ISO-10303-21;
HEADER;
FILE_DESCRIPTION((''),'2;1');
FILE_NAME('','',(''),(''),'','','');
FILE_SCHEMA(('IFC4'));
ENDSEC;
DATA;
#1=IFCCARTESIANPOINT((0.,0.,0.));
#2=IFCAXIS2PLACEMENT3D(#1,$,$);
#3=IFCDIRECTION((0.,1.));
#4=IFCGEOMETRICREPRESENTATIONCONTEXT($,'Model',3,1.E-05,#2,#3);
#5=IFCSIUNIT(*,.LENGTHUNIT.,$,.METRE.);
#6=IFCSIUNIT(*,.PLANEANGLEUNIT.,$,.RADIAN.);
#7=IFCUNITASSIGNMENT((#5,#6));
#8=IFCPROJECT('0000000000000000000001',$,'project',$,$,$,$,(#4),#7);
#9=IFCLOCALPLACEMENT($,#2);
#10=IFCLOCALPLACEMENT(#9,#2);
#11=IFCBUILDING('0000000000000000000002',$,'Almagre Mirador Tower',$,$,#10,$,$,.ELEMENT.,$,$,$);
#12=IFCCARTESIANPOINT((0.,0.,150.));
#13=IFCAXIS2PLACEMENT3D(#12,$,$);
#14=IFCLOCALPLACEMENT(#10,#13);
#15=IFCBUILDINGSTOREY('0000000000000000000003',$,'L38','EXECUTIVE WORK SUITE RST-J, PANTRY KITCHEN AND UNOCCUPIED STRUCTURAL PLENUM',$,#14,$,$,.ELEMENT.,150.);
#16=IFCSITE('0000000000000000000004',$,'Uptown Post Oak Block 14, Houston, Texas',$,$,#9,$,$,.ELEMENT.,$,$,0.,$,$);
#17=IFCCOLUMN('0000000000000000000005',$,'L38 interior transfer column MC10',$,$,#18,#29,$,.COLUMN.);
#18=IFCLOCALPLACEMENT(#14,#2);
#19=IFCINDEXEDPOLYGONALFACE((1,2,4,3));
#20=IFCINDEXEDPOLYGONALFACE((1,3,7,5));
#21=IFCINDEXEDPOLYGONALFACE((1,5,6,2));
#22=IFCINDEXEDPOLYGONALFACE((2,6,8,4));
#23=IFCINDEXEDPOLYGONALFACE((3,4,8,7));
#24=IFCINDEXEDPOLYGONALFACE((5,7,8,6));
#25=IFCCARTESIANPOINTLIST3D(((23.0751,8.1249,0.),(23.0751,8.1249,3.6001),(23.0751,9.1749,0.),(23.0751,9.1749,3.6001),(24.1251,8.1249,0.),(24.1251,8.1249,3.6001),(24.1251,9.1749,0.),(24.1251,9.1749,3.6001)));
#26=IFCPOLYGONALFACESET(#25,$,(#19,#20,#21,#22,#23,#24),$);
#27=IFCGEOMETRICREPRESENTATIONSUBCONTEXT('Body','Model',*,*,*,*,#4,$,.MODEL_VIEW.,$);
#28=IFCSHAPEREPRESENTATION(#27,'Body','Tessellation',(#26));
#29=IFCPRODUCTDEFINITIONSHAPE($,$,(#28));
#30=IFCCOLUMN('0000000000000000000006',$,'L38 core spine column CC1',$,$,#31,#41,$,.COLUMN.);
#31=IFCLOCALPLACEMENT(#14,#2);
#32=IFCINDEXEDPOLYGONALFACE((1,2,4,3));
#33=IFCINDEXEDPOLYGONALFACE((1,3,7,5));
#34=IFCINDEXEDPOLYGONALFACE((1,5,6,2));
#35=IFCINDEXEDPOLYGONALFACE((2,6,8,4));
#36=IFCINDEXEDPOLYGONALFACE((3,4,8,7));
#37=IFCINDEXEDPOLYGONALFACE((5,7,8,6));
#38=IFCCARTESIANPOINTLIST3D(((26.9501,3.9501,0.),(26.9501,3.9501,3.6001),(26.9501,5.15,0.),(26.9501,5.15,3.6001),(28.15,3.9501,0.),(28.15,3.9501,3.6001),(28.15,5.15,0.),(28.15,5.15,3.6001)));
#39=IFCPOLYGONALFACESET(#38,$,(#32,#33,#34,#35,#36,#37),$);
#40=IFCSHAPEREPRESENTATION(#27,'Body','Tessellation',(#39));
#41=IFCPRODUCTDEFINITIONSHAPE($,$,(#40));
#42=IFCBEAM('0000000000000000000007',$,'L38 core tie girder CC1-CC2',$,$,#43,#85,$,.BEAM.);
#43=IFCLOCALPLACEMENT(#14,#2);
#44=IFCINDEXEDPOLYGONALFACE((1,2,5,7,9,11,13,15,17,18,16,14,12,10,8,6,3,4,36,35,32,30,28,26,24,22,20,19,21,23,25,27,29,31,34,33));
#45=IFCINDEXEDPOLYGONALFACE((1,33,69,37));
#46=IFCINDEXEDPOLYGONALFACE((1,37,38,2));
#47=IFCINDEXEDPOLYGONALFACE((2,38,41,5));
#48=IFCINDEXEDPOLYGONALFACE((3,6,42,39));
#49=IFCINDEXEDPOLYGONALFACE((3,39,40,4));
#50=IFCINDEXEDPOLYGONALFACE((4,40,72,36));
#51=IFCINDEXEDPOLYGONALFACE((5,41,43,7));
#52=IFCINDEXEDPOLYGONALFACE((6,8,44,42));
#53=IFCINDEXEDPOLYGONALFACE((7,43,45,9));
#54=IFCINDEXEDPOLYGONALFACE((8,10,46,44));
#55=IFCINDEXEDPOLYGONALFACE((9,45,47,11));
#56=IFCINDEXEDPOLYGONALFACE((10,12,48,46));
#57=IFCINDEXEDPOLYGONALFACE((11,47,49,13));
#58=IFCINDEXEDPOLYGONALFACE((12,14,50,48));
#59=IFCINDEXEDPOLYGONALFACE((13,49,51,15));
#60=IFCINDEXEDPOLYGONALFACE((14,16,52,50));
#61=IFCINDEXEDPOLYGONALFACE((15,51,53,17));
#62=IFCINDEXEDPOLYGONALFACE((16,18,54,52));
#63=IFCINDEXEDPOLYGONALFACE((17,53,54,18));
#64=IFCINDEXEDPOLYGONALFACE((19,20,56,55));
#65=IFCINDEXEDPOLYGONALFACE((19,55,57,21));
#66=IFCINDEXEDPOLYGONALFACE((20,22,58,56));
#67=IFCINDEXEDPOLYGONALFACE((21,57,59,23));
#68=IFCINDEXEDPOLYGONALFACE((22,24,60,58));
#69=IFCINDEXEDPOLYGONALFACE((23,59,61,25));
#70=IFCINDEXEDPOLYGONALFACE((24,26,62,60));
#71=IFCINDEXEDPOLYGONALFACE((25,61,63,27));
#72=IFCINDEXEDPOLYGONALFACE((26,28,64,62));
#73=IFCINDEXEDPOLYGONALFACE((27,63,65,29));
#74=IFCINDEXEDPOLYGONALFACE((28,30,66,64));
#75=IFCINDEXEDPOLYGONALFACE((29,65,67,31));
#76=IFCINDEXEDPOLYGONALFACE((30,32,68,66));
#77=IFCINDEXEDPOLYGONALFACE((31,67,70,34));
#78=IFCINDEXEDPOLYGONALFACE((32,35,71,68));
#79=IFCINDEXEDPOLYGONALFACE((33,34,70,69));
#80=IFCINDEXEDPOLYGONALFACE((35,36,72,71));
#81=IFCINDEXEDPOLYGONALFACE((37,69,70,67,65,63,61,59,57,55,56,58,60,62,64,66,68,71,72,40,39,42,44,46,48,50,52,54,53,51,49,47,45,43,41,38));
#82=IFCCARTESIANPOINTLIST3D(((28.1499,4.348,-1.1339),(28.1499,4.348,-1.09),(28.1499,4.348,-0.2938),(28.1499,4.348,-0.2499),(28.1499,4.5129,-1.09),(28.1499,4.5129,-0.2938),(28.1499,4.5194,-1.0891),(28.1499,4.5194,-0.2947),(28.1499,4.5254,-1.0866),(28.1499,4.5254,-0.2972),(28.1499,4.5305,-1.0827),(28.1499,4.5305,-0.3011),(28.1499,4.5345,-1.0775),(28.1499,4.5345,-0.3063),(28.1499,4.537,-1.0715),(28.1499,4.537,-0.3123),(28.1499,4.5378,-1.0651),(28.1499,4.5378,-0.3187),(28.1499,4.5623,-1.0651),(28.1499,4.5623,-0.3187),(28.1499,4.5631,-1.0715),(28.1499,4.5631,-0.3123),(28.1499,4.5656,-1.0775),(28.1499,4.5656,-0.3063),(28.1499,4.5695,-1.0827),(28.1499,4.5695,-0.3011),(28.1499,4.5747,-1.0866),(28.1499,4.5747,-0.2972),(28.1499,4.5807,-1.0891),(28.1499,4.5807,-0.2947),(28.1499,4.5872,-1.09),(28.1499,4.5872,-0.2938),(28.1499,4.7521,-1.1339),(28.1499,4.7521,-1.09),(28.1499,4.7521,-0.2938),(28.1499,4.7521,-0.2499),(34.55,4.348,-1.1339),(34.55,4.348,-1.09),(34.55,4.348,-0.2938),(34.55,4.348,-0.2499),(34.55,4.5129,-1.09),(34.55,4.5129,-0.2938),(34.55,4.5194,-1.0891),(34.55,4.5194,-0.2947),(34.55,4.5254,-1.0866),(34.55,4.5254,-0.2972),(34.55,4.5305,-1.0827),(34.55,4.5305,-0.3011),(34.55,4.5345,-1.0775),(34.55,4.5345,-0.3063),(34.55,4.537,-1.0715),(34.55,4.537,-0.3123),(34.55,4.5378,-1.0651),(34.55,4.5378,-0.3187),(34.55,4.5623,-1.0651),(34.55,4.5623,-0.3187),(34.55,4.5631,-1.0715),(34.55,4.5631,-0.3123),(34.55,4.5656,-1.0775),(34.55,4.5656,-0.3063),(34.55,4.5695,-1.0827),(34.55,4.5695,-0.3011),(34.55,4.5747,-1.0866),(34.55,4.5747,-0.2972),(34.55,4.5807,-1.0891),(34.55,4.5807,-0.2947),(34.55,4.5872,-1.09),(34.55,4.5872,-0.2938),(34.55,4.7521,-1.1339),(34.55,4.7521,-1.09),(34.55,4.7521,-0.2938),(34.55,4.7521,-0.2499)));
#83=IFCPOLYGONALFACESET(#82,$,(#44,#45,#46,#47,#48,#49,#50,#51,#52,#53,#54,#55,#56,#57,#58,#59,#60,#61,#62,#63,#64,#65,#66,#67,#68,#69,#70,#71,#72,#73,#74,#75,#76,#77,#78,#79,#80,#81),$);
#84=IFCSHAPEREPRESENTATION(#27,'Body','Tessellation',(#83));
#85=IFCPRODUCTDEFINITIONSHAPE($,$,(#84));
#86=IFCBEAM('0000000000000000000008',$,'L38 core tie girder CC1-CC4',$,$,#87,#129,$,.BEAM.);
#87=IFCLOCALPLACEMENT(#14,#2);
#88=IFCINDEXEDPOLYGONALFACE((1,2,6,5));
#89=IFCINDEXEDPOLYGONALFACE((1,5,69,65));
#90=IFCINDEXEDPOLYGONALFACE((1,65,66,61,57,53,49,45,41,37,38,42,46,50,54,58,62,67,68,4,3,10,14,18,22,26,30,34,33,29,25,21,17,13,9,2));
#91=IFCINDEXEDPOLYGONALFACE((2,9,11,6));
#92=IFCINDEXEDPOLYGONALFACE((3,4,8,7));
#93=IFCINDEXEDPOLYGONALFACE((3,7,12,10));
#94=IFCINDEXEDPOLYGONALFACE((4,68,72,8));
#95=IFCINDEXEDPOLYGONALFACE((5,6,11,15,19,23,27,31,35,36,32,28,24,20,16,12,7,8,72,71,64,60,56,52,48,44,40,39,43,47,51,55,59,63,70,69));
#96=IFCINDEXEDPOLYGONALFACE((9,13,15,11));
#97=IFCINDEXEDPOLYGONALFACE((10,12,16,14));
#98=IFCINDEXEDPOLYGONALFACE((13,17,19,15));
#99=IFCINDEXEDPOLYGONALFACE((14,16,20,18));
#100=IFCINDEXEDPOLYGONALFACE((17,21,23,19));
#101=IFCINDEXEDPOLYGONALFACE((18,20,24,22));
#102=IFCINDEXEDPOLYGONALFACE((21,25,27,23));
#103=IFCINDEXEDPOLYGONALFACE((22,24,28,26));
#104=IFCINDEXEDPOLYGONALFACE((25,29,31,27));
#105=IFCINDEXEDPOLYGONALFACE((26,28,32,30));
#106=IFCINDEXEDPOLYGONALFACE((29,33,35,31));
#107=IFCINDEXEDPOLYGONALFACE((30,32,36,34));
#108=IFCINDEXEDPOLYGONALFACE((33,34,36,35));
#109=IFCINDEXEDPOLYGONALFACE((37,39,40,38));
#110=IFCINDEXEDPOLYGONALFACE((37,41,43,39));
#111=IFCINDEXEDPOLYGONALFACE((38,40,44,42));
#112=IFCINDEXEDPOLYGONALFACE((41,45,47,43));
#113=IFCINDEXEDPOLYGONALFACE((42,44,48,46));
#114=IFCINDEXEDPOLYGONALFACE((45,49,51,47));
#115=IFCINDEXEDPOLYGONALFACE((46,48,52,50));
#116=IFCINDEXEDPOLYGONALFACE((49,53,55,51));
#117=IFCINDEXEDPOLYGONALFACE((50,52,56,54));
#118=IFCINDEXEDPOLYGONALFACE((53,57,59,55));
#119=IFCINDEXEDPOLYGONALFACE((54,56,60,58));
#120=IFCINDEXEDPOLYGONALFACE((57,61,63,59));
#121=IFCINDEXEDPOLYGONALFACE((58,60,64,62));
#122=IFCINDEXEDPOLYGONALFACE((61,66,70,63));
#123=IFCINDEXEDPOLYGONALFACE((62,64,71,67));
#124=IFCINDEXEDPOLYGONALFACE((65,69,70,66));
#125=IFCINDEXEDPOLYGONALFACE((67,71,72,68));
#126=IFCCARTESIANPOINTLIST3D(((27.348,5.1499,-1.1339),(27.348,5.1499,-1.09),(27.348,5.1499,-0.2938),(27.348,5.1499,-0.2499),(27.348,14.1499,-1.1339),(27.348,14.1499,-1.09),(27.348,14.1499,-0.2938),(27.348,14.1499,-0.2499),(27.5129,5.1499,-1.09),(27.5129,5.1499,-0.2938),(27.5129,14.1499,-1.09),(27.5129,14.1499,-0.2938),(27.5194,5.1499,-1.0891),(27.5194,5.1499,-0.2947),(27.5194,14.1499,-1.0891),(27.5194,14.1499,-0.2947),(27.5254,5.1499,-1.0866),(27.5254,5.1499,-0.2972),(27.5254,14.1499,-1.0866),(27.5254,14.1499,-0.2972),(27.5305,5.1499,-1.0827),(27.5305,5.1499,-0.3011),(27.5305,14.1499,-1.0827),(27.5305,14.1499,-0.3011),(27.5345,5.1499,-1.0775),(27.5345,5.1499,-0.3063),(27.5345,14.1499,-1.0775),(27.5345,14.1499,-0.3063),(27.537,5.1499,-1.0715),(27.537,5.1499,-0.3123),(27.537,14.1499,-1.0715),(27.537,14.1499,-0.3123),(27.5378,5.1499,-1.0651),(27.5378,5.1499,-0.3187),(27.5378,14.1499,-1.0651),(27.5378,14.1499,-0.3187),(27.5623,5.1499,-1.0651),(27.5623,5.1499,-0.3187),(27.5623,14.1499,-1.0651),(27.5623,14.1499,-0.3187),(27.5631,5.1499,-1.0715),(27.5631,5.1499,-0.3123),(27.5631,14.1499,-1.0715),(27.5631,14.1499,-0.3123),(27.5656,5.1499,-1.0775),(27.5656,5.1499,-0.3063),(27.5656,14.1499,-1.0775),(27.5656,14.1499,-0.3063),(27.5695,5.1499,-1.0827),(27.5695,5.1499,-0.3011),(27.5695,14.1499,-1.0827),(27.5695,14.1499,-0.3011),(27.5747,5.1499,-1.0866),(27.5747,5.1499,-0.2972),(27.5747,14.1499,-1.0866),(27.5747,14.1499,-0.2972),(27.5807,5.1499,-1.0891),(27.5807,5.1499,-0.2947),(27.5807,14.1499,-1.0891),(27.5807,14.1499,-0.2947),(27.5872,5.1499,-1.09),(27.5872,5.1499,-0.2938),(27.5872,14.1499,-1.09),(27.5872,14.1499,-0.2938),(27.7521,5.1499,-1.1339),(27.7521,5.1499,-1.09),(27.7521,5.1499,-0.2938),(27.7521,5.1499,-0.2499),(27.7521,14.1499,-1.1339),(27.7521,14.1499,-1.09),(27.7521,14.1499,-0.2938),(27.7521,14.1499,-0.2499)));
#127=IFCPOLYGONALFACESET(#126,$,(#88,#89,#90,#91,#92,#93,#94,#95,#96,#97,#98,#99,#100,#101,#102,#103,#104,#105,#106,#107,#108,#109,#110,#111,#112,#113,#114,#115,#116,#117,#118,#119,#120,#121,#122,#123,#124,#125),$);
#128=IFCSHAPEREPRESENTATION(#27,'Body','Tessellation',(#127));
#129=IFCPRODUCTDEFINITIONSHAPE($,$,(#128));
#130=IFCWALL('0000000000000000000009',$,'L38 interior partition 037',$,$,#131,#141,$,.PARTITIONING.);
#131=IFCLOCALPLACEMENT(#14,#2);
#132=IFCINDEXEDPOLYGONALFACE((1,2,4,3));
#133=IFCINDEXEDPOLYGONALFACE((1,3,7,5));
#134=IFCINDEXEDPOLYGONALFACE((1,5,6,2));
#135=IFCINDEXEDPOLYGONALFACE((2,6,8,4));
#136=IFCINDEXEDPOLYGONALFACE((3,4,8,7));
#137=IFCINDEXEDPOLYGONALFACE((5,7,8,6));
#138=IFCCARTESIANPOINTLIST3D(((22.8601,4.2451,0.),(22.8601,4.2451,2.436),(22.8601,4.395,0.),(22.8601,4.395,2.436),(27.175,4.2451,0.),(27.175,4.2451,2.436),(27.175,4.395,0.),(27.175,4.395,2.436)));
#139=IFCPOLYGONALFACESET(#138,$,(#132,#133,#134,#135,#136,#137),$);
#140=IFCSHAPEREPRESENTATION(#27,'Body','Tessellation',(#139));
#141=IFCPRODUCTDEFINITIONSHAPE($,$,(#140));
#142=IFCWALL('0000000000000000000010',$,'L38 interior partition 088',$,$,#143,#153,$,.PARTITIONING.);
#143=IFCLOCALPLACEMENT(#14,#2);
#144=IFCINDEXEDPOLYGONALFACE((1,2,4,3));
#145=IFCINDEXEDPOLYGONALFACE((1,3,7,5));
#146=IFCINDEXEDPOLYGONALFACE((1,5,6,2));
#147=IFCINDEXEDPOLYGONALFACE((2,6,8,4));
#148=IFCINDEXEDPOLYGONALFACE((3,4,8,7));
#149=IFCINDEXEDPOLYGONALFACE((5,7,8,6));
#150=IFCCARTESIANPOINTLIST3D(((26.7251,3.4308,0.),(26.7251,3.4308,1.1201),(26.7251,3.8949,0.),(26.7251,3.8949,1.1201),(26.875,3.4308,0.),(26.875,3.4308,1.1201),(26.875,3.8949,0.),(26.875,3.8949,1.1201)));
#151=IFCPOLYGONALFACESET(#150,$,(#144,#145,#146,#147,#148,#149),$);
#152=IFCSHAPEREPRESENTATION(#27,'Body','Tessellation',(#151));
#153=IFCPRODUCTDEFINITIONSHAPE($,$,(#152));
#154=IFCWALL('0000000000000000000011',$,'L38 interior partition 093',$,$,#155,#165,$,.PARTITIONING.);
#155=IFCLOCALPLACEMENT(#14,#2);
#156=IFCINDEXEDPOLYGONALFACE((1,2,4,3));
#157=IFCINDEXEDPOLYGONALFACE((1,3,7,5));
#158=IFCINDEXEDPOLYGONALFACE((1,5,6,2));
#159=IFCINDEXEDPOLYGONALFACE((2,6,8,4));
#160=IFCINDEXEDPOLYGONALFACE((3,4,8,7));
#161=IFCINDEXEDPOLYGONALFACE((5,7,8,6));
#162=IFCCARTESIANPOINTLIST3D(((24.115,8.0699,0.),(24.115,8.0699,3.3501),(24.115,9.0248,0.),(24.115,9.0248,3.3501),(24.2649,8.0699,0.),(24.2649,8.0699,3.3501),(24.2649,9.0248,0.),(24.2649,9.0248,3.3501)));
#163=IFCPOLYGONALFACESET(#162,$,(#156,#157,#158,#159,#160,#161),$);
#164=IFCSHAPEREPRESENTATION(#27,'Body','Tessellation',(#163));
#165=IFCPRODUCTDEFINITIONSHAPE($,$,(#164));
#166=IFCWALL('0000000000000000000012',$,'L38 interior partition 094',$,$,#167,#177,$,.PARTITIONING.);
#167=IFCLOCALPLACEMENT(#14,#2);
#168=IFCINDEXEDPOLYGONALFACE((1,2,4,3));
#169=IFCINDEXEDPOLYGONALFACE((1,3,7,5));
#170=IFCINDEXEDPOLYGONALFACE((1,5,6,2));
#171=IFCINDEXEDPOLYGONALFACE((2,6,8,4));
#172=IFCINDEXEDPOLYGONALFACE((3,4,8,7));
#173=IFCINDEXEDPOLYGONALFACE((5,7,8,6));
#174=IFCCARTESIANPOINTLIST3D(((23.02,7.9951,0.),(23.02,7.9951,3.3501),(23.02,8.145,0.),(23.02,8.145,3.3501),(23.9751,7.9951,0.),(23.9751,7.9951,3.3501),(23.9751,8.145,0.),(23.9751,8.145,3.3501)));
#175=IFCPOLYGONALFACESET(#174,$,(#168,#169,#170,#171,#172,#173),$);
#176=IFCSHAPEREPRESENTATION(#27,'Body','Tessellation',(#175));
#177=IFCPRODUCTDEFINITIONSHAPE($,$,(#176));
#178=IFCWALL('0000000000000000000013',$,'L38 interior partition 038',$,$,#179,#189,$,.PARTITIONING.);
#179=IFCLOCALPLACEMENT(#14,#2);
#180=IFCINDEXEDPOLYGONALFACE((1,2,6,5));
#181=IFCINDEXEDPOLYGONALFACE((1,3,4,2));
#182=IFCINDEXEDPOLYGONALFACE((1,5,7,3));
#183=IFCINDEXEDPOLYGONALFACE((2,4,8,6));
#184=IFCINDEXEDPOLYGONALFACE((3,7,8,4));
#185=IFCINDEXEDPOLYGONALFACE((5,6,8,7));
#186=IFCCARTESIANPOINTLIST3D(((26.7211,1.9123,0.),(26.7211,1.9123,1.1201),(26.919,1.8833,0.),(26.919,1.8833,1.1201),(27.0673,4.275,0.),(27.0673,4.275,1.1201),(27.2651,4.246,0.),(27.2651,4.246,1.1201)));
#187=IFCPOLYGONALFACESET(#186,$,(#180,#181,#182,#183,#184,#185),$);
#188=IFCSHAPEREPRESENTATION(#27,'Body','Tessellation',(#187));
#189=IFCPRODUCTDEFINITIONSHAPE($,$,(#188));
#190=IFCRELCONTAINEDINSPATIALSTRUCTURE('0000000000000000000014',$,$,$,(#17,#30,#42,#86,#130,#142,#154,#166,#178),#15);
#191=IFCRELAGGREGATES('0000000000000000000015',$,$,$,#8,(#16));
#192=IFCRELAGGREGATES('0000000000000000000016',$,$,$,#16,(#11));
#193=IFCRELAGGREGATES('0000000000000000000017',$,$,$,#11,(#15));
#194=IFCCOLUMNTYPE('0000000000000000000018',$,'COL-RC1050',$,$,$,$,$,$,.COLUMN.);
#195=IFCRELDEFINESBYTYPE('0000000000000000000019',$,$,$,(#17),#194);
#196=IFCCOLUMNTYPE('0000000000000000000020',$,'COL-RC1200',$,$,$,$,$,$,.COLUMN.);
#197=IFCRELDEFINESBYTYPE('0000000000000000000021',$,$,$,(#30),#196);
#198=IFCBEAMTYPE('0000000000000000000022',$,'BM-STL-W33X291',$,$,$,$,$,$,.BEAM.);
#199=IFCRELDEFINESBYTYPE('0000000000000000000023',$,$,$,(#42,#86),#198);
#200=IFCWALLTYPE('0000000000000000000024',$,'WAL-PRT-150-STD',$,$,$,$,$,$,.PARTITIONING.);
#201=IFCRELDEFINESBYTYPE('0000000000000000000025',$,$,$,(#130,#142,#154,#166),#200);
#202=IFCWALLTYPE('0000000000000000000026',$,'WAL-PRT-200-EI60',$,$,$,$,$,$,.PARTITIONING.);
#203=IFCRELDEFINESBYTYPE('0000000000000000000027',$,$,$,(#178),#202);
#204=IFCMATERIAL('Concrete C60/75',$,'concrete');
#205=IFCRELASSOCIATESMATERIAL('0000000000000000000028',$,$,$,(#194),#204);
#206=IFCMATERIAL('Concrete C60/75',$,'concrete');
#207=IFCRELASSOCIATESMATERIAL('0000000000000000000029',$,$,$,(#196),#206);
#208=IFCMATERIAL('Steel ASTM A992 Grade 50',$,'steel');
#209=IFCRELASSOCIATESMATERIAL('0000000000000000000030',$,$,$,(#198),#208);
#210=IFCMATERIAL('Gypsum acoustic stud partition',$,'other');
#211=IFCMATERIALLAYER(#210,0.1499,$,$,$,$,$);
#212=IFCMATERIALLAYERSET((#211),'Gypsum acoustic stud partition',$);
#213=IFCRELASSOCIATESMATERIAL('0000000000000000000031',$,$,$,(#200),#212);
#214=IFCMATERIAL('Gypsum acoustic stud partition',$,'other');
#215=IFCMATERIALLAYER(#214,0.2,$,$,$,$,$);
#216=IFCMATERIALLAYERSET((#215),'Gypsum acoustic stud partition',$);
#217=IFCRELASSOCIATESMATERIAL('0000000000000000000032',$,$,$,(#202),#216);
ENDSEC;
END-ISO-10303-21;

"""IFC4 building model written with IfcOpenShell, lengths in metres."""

from ifc_helpers import new_model, si_unit, direction, frame, frame_2d, origin, origin_2d, place, context, subcontext, project, spatial, rectangle, i_section, extrude, material, layer, layer_set, material_profile, profile_set, type_object, element, save


model = new_model("IFC4")

# Units and contexts
model_context = context("Model", 3, precision=1e-05, world=origin(), true_north=direction((0.0, 1.0)))
body_context = subcontext(model_context, "Body", "Model", "MODEL_VIEW")
ifc_project = project(units=[si_unit("LENGTHUNIT", "METRE"), si_unit("PLANEANGLEUNIT", "RADIAN")], contexts=[model_context])

# Site, building, storey
site_placement = place(None, origin())
site = spatial("IfcSite", under=ifc_project, at=site_placement, Name="Uptown Post Oak Block 14, Houston, Texas", CompositionType="ELEMENT", RefElevation=0.0)
building_placement = place(site_placement, origin())
building = spatial("IfcBuilding", under=site, at=building_placement, Name="Almagre Mirador Tower", CompositionType="ELEMENT")
storey_placement = place(building_placement, frame((0.0, 0.0, 150.0)))
storey = spatial("IfcBuildingStorey", under=building, at=storey_placement, Name="L38", Description="EXECUTIVE WORK SUITE RST-J, PANTRY KITCHEN AND UNOCCUPIED STRUCTURAL PLENUM", CompositionType="ELEMENT", Elevation=150.0)

# Columns
ifc_material_1 = material(Name="Concrete C60/75", Category="concrete")
ifc_material_profile_1 = material_profile(ifc_material_1, rectangle(XDim=1.05, YDim=1.05, at=origin_2d()), Name="RC1050X1050")
ifc_profile_set_1 = profile_set([ifc_material_profile_1], Name="Concrete C60/75")
column_type_1 = type_object("IfcColumnType", Name="COL-RC1050", PredefinedType="COLUMN", material=ifc_profile_set_1)
column_1_placement = place(storey_placement, frame((23.6001, 8.6499, 0.0), z_axis=(0.0, 0.0, 1.0), x_axis=(1.0, 0.0, 0.0)))
element("IfcColumn", 1, at=column_1_placement, inside=storey, type_object=column_type_1, Name="L38 interior transfer column MC10", PredefinedType="COLUMN", context=body_context, shape_type="SweptSolid", body=[
    extrude(rectangle(XDim=1.05, YDim=1.05, at=origin_2d()), origin(), (0.0, 0.0, 1.0), 3.6001),
])
ifc_material_2 = material(Name="Concrete C60/75", Category="concrete")
ifc_material_profile_2 = material_profile(ifc_material_2, rectangle(XDim=1.2, YDim=1.2, at=origin_2d()), Name="RC1200X1200")
ifc_profile_set_2 = profile_set([ifc_material_profile_2], Name="Concrete C60/75")
column_type_2 = type_object("IfcColumnType", Name="COL-RC1200", PredefinedType="COLUMN", material=ifc_profile_set_2)
column_2_placement = place(storey_placement, frame((27.55, 4.55, 0.0), z_axis=(0.0, 0.0, 1.0), x_axis=(1.0, 0.0, 0.0)))
element("IfcColumn", 2, at=column_2_placement, inside=storey, type_object=column_type_2, Name="L38 core spine column CC1", PredefinedType="COLUMN", context=body_context, shape_type="SweptSolid", body=[
    extrude(rectangle(XDim=1.2, YDim=1.2, at=origin_2d()), origin(), (0.0, 0.0, 1.0), 3.6001),
])

# Beams
ifc_material_3 = material(Name="Steel ASTM A992 Grade 50", Category="steel")
ifc_material_profile_3 = material_profile(ifc_material_3, i_section(OverallWidth=0.4041, OverallDepth=0.884, WebThickness=0.0244, FlangeThickness=0.0439, FilletRadius=0.0249, at=origin_2d()), Name="W33X291")
ifc_profile_set_3 = profile_set([ifc_material_profile_3], Name="Steel ASTM A992 Grade 50")
beam_type = type_object("IfcBeamType", Name="BM-STL-W33X291", PredefinedType="BEAM", material=ifc_profile_set_3)
beam_1_placement = place(storey_placement, frame((28.1499, 4.55, -0.6919), z_axis=(1.0, 0.0, 0.0), x_axis=(0.0, 1.0, 0.0)))
element("IfcBeam", 3, at=beam_1_placement, inside=storey, type_object=beam_type, Name="L38 core tie girder CC1-CC2", PredefinedType="BEAM", context=body_context, shape_type="SweptSolid", body=[
    extrude(i_section(OverallWidth=0.4041, OverallDepth=0.884, WebThickness=0.0244, FlangeThickness=0.0439, FilletRadius=0.0249, at=origin_2d()), origin(), (0.0, 0.0, 1.0), 6.4001),
])
beam_2_placement = place(storey_placement, frame((27.55, 5.1499, -0.6919), z_axis=(0.0, 1.0, 0.0), x_axis=(-1.0, 0.0, 0.0)))
element("IfcBeam", 4, at=beam_2_placement, inside=storey, type_object=beam_type, Name="L38 core tie girder CC1-CC4", PredefinedType="BEAM", context=body_context, shape_type="SweptSolid", body=[
    extrude(i_section(OverallWidth=0.4041, OverallDepth=0.884, WebThickness=0.0244, FlangeThickness=0.0439, FilletRadius=0.0249, at=origin_2d()), origin(), (0.0, 0.0, 1.0), 9.0),
])

# Walls
ifc_material_4 = material(Name="Gypsum acoustic stud partition", Category="other")
ifc_layer_1 = layer(ifc_material_4, 0.1499)
ifc_layer_set_1 = layer_set([ifc_layer_1], Name="Gypsum acoustic stud partition")
wall_type_1 = type_object("IfcWallType", Name="WAL-PRT-150-STD", PredefinedType="PARTITIONING", material=ifc_layer_set_1)
wall_1_placement = place(storey_placement, frame((27.175, 4.3201, 0.0), z_axis=(0.0, 0.0, 1.0), x_axis=(-1.0, 0.0, 0.0)))
element("IfcWall", 5, at=wall_1_placement, inside=storey, type_object=wall_type_1, Name="L38 interior partition 037", PredefinedType="PARTITIONING", context=body_context, shape_type="SweptSolid", body=[
    extrude(rectangle(XDim=4.3149, YDim=0.1499, at=frame_2d((2.1575, 0.0))), origin(), (0.0, 0.0, 1.0), 2.436),
])
wall_2_placement = place(storey_placement, frame((26.8, 3.4309, 0.0), z_axis=(0.0, 0.0, 1.0), x_axis=(0.0, 1.0, 0.0)))
element("IfcWall", 6, at=wall_2_placement, inside=storey, type_object=wall_type_1, Name="L38 interior partition 088", PredefinedType="PARTITIONING", context=body_context, shape_type="SweptSolid", body=[
    extrude(rectangle(XDim=0.4641, YDim=0.1499, at=frame_2d((0.2319, 0.0))), origin(), (0.0, 0.0, 1.0), 1.1201),
])
wall_3_placement = place(storey_placement, frame((24.1899, 9.0249, 0.0), z_axis=(0.0, 0.0, 1.0), x_axis=(0.0, -1.0, 0.0)))
element("IfcWall", 7, at=wall_3_placement, inside=storey, type_object=wall_type_1, Name="L38 interior partition 093", PredefinedType="PARTITIONING", context=body_context, shape_type="SweptSolid", body=[
    extrude(rectangle(XDim=0.9548, YDim=0.1499, at=frame_2d((0.4775, 0.0))), origin(), (0.0, 0.0, 1.0), 3.3501),
])
wall_4_placement = place(storey_placement, frame((23.9751, 8.0701, 0.0), z_axis=(0.0, 0.0, 1.0), x_axis=(-1.0, 0.0, 0.0)))
element("IfcWall", 8, at=wall_4_placement, inside=storey, type_object=wall_type_1, Name="L38 interior partition 094", PredefinedType="PARTITIONING", context=body_context, shape_type="SweptSolid", body=[
    extrude(rectangle(XDim=0.9551, YDim=0.1499, at=frame_2d((0.4775, 0.0))), origin(), (0.0, 0.0, 1.0), 3.3501),
])
ifc_material_5 = material(Name="Gypsum acoustic stud partition", Category="other")
ifc_layer_2 = layer(ifc_material_5, 0.2)
ifc_layer_set_2 = layer_set([ifc_layer_2], Name="Gypsum acoustic stud partition")
wall_type_2 = type_object("IfcWallType", Name="WAL-PRT-200-EI60", PredefinedType="PARTITIONING", material=ifc_layer_set_2)
wall_5_placement = place(storey_placement, frame((26.8201, 1.8979, 0.0), z_axis=(0.0, 0.0, 1.0), x_axis=(0.14497, 0.989436, 0.0)))
element("IfcWall", 9, at=wall_5_placement, inside=storey, type_object=wall_type_2, Name="L38 interior partition 038", PredefinedType="PARTITIONING", context=body_context, shape_type="SweptSolid", body=[
    extrude(rectangle(XDim=2.3879, YDim=0.2, at=frame_2d((1.1938, 0.0))), origin(), (0.0, 0.0, 1.0), 1.1201),
])

save(model, "model.ifc")
